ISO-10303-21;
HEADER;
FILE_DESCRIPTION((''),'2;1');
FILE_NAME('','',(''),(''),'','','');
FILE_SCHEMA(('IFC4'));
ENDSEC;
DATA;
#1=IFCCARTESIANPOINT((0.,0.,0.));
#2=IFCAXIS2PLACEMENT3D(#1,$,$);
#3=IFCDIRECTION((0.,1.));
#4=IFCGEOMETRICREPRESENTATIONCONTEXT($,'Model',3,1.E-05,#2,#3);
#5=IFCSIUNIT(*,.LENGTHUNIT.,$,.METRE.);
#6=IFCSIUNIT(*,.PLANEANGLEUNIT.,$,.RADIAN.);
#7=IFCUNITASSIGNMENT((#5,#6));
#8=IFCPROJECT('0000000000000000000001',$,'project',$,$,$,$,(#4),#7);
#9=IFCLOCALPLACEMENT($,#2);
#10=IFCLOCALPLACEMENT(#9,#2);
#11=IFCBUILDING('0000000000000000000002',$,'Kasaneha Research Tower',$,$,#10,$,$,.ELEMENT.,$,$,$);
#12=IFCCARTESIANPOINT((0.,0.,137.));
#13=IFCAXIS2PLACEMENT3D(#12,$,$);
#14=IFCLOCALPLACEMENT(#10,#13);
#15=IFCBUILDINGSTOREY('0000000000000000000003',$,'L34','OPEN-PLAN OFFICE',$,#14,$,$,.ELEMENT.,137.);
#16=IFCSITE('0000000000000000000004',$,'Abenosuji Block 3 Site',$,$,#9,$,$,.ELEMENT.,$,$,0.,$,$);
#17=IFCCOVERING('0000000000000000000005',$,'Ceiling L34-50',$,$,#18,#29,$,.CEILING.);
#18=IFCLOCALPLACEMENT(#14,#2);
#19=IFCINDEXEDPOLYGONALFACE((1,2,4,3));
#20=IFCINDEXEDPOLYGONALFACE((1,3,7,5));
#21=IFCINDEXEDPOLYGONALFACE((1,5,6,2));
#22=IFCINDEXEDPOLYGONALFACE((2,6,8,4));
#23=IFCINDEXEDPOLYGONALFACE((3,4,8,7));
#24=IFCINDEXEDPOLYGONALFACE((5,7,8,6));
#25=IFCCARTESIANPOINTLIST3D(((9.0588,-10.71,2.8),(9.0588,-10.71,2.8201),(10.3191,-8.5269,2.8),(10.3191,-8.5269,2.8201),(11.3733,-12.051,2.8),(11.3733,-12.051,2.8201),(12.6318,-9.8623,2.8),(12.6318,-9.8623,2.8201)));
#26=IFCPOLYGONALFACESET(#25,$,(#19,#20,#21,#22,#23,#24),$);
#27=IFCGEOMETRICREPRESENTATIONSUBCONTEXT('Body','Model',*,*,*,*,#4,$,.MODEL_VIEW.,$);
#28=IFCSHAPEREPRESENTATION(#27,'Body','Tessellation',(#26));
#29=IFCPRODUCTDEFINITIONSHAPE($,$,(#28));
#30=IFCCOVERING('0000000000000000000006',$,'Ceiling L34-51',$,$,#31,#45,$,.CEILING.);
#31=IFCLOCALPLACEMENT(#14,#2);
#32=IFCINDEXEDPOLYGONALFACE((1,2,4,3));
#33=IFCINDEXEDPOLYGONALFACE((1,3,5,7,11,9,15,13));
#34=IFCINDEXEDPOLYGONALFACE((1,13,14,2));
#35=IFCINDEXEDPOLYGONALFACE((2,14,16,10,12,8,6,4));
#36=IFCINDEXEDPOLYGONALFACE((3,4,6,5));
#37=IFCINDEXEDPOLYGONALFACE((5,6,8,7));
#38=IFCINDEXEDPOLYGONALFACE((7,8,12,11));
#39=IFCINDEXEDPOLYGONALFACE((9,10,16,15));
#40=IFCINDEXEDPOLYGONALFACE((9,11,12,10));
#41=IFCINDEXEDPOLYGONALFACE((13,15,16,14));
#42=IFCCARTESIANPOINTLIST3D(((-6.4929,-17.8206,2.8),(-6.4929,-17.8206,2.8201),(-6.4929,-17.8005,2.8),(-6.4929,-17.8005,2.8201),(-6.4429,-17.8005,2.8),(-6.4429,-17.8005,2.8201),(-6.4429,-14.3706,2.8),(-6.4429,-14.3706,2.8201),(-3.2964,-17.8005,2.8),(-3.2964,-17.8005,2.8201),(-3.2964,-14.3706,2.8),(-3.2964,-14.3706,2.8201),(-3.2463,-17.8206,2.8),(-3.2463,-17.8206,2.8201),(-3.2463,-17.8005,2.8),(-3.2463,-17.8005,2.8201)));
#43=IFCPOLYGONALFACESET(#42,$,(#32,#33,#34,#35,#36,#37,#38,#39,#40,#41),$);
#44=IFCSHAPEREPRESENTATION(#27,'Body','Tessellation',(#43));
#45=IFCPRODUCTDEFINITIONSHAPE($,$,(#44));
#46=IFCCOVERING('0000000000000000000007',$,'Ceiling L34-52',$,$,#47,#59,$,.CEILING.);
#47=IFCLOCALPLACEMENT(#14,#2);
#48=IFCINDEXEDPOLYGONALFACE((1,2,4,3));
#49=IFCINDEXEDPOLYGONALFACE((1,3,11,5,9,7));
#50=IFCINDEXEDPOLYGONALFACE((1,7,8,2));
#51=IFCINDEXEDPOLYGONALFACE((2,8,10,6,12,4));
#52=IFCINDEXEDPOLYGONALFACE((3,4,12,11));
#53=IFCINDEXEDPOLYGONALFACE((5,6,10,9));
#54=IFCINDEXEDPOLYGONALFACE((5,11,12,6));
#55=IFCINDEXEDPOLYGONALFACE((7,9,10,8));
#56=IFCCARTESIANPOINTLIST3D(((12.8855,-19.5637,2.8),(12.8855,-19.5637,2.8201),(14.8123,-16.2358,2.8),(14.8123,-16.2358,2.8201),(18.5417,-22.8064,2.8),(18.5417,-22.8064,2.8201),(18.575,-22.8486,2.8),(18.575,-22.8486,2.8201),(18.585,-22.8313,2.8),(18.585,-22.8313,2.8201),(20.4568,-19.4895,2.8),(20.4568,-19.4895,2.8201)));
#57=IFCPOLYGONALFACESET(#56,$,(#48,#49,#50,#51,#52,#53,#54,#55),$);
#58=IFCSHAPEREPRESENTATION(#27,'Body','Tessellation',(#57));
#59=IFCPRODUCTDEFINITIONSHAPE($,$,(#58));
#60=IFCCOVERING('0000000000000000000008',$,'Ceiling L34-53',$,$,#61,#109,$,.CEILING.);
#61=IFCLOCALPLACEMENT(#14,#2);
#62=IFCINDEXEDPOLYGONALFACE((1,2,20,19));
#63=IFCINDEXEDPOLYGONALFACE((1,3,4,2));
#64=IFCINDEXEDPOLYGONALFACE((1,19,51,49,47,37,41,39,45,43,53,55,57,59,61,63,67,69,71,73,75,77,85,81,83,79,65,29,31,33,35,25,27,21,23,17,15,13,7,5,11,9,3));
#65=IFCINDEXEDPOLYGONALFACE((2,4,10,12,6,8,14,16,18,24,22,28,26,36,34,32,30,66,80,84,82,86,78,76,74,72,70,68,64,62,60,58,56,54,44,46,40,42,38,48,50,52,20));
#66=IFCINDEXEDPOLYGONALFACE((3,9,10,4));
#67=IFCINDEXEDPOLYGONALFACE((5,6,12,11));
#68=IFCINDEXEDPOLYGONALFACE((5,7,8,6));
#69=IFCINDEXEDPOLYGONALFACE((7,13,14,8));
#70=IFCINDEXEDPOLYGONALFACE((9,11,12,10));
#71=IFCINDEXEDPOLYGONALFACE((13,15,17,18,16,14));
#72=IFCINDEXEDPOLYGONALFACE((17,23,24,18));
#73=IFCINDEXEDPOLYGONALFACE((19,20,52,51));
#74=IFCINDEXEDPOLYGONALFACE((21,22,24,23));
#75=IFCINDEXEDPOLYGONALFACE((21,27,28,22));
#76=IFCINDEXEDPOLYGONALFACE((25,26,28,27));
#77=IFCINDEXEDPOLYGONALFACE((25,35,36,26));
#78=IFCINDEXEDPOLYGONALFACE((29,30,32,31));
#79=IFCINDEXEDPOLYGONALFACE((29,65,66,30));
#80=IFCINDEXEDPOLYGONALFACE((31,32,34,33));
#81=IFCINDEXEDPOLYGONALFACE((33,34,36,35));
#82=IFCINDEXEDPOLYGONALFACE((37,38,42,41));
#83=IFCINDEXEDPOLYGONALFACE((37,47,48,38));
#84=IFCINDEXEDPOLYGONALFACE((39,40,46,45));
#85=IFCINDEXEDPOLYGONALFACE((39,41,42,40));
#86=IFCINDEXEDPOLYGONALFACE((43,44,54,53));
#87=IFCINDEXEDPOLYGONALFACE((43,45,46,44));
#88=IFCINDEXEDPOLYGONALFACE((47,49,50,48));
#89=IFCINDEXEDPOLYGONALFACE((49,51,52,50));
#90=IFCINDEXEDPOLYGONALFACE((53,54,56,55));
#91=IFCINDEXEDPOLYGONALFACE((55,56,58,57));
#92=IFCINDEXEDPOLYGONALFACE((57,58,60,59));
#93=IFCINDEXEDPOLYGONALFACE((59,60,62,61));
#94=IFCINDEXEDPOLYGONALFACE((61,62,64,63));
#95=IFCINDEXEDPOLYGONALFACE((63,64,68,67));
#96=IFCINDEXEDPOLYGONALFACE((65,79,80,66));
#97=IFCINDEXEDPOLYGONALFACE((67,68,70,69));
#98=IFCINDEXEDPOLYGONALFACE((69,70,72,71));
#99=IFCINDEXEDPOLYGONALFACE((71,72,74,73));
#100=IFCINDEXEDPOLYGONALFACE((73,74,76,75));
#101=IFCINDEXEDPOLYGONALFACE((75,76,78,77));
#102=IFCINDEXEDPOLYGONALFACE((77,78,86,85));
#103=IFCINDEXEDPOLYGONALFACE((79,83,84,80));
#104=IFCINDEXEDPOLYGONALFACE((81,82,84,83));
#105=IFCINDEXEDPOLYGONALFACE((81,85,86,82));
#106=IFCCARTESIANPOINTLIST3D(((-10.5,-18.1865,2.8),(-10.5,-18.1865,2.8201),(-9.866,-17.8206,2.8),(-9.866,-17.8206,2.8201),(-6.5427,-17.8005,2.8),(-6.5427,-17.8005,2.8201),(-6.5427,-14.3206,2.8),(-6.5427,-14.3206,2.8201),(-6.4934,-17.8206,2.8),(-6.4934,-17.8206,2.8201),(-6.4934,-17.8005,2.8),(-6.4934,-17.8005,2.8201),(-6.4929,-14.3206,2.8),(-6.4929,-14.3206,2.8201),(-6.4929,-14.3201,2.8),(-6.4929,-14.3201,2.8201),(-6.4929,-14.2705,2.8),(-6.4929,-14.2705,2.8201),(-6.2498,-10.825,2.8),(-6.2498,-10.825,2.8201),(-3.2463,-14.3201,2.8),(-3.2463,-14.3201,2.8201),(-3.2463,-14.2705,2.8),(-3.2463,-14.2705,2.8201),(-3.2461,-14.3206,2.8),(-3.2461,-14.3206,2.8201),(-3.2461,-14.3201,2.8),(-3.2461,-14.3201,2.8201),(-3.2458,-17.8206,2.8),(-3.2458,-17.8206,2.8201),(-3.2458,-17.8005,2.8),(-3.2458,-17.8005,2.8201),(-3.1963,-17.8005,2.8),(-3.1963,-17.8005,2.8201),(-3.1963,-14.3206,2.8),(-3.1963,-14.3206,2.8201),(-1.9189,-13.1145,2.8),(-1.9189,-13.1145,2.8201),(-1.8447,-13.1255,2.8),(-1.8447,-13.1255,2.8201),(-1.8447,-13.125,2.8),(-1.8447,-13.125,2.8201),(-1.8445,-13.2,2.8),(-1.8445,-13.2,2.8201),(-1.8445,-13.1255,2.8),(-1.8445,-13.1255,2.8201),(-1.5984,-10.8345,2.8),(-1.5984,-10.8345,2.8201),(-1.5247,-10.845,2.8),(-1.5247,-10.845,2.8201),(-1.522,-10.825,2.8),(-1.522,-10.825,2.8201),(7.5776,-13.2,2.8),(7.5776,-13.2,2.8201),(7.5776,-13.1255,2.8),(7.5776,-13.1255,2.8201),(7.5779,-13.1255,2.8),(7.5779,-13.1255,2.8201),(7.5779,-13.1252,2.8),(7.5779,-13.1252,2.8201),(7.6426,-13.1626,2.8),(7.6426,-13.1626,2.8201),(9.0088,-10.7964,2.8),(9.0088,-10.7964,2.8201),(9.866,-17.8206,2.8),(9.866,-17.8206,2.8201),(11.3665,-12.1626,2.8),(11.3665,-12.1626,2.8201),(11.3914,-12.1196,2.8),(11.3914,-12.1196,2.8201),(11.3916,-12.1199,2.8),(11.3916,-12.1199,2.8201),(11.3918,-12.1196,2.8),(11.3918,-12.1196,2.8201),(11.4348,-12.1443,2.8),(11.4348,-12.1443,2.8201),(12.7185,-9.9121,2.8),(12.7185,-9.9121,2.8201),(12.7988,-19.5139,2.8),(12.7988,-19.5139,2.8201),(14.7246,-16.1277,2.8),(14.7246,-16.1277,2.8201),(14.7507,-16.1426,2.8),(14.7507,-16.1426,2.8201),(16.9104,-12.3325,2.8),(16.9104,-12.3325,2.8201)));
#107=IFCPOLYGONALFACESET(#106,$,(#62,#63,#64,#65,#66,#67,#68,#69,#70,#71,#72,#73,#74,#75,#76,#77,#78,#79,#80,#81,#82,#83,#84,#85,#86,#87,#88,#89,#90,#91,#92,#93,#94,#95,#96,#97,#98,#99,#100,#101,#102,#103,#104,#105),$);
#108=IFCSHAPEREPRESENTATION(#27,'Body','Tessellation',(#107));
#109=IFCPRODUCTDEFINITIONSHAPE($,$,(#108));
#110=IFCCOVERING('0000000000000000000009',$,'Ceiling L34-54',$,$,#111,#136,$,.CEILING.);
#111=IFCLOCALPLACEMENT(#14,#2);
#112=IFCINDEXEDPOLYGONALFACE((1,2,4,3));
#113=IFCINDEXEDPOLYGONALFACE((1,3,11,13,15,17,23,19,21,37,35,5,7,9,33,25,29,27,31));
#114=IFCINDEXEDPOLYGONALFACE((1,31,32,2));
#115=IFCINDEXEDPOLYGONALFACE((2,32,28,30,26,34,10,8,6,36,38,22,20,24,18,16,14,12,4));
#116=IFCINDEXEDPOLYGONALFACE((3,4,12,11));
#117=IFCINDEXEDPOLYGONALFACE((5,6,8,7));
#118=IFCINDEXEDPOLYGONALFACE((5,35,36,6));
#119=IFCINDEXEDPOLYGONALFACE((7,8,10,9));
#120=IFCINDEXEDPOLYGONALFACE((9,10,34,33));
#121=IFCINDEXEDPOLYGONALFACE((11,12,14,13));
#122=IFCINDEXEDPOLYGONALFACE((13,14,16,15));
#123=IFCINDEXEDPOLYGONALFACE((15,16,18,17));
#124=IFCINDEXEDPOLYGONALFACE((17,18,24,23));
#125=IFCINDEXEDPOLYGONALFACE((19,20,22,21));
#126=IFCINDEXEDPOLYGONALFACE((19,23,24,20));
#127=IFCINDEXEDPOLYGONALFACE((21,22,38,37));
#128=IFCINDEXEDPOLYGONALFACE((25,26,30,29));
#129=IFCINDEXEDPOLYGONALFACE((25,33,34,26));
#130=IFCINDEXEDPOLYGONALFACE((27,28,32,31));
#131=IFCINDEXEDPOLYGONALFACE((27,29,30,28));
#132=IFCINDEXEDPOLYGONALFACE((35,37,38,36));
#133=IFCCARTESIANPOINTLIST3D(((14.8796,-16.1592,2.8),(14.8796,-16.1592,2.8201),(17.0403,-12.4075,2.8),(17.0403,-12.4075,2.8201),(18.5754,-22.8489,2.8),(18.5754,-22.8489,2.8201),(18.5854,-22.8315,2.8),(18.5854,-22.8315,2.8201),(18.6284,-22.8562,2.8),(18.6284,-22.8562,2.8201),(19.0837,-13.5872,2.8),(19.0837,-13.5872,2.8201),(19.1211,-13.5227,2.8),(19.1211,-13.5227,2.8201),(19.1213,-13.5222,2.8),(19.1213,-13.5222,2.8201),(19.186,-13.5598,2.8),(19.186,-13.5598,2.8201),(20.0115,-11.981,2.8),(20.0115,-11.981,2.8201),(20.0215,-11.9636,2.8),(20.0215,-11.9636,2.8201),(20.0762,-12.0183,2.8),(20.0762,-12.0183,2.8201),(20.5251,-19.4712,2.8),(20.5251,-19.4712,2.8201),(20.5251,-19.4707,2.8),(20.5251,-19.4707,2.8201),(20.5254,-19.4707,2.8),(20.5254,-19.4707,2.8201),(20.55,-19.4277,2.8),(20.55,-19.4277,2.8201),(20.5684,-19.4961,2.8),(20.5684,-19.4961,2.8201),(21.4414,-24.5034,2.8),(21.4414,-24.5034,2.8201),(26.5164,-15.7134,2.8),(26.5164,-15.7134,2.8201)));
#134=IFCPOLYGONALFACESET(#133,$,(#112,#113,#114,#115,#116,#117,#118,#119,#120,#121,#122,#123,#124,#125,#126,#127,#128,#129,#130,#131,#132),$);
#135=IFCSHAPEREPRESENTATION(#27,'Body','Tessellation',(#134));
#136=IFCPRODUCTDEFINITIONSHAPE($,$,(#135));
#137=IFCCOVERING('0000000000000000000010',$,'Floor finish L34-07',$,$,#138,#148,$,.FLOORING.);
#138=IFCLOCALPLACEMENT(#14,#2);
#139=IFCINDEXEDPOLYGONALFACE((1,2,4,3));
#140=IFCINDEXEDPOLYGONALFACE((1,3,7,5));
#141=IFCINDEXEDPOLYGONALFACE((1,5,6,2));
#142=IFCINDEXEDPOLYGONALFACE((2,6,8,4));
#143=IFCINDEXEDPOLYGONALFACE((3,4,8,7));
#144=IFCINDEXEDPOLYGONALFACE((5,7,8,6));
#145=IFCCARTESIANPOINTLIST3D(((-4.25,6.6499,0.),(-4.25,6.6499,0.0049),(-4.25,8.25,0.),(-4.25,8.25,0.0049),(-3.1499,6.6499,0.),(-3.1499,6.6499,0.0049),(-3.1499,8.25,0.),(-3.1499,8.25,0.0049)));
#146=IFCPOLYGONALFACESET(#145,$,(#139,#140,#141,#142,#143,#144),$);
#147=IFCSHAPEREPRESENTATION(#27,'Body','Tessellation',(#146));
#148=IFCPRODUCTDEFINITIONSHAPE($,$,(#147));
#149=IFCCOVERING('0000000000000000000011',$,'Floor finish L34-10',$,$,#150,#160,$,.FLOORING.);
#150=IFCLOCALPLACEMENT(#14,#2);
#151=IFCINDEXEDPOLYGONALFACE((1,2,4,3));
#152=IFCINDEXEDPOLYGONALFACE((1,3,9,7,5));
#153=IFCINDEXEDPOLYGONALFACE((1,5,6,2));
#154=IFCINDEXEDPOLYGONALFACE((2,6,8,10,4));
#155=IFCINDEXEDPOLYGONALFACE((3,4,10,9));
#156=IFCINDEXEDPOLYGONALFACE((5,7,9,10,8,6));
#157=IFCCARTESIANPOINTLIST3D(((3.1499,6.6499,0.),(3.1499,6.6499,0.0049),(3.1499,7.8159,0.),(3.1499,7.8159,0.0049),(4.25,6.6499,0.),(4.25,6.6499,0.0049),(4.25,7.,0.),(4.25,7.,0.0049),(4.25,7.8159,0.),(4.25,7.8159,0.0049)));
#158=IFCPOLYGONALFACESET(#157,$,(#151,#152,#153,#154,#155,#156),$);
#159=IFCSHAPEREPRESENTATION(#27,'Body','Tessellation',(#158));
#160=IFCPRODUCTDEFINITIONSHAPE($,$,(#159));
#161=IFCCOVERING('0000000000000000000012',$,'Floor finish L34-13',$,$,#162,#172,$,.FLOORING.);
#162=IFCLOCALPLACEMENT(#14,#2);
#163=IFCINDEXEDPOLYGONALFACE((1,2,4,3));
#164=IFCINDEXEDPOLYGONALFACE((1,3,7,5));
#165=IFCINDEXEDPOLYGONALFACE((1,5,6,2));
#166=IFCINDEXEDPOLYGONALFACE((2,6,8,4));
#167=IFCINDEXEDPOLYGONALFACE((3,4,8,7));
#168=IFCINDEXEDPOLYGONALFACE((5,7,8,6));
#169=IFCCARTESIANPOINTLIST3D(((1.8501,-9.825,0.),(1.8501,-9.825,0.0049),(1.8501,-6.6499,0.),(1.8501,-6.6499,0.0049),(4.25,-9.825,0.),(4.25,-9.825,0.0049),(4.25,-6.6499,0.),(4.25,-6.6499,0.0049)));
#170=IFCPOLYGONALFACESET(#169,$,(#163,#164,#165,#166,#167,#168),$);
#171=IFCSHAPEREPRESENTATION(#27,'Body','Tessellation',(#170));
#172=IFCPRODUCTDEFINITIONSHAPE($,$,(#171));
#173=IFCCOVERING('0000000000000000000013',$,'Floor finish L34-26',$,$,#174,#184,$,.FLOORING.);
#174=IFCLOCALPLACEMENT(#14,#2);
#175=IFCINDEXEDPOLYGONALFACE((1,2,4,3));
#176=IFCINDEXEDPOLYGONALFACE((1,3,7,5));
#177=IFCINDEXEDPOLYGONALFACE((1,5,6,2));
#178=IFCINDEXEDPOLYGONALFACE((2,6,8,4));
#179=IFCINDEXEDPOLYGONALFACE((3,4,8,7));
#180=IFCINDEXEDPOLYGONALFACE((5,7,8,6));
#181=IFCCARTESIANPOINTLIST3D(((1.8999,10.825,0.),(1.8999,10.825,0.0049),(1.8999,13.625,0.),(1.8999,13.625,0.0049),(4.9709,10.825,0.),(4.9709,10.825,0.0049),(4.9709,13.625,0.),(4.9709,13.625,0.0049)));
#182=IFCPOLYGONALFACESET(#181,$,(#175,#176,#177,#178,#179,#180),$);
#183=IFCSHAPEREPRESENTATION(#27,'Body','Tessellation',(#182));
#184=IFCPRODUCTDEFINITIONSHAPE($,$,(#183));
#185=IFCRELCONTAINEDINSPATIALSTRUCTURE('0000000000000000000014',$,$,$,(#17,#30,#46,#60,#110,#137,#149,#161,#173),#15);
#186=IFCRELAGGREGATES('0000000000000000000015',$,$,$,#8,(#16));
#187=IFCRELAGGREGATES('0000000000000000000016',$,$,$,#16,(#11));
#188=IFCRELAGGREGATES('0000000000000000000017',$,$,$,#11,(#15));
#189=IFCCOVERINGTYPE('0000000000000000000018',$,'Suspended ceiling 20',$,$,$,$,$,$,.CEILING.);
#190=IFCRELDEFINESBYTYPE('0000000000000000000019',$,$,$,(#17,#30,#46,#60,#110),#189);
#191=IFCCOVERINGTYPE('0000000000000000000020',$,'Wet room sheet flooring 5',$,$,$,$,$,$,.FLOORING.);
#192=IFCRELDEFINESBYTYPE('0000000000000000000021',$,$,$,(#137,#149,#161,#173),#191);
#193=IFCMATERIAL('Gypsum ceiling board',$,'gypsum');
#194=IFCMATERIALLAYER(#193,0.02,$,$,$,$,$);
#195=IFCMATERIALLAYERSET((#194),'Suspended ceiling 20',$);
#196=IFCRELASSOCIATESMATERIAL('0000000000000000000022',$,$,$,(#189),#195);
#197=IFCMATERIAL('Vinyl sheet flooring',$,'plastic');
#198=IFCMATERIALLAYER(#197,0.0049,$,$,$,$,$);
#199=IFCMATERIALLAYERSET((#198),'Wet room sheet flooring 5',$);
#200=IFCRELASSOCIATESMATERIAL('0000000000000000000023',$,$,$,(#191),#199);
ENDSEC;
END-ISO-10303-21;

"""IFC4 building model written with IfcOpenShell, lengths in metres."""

from ifc_helpers import new_model, si_unit, direction, frame, origin, place, context, subcontext, project, spatial, polyline, outline, extrude, material, layer, layer_set, type_object, element, save


model = new_model("IFC4")

# Units and contexts
model_context = context("Model", 3, precision=1e-05, world=origin(), true_north=direction((0.0, 1.0)))
body_context = subcontext(model_context, "Body", "Model", "MODEL_VIEW")
ifc_project = project(units=[si_unit("LENGTHUNIT", "METRE"), si_unit("PLANEANGLEUNIT", "RADIAN")], contexts=[model_context])

# Site, building, storey
site_placement = place(None, origin())
site = spatial("IfcSite", under=ifc_project, at=site_placement, Name="Abenosuji Block 3 Site", CompositionType="ELEMENT", RefElevation=0.0)
building_placement = place(site_placement, origin())
building = spatial("IfcBuilding", under=site, at=building_placement, Name="Kasaneha Research Tower", CompositionType="ELEMENT")
storey_placement = place(building_placement, frame((0.0, 0.0, 137.0)))
storey = spatial("IfcBuildingStorey", under=building, at=storey_placement, Name="L34", Description="OPEN-PLAN OFFICE", CompositionType="ELEMENT", Elevation=137.0)

# Coverings
ifc_material_1 = material(Name="Gypsum ceiling board", Category="gypsum")
ifc_layer_1 = layer(ifc_material_1, 0.02)
ifc_layer_set_1 = layer_set([ifc_layer_1], Name="Suspended ceiling 20")
covering_type_1 = type_object("IfcCoveringType", Name="Suspended ceiling 20", PredefinedType="CEILING", material=ifc_layer_set_1)
covering_1_placement = place(storey_placement, frame((0.0, 0.0, 2.8)))
element("IfcCovering", 1, at=covering_1_placement, inside=storey, type_object=covering_type_1, Name="Ceiling L34-50", PredefinedType="CEILING", context=body_context, shape_type="SweptSolid", body=[
    extrude(outline(polyline([(10.3191, -8.5269), (12.6318, -9.8623), (11.3733, -12.051), (9.0588, -10.71), (10.3191, -8.5269)])), origin(), (0.0, 0.0, 1.0), 0.02),
])
covering_2_placement = place(storey_placement, frame((0.0, 0.0, 2.8)))
element("IfcCovering", 2, at=covering_2_placement, inside=storey, type_object=covering_type_1, Name="Ceiling L34-51", PredefinedType="CEILING", context=body_context, shape_type="SweptSolid", body=[
    extrude(outline(polyline([(-6.4929, -17.8206), (-6.4929, -17.8005), (-6.4429, -17.8005), (-6.4429, -14.3706), (-3.2964, -14.3706), (-3.2964, -17.8005), (-3.2463, -17.8005), (-3.2463, -17.8206), (-6.4929, -17.8206)])), origin(), (0.0, 0.0, 1.0), 0.02),
])
covering_3_placement = place(storey_placement, frame((0.0, 0.0, 2.8)))
element("IfcCovering", 3, at=covering_3_placement, inside=storey, type_object=covering_type_1, Name="Ceiling L34-52", PredefinedType="CEILING", context=body_context, shape_type="SweptSolid", body=[
    extrude(outline(polyline([(12.8855, -19.5637), (14.8123, -16.2358), (20.4568, -19.4895), (18.5417, -22.8064), (18.585, -22.8313), (18.575, -22.8486), (12.8855, -19.5637)])), origin(), (0.0, 0.0, 1.0), 0.02),
])
covering_4_placement = place(storey_placement, frame((0.0, 0.0, 2.8)))
element("IfcCovering", 4, at=covering_4_placement, inside=storey, type_object=covering_type_1, Name="Ceiling L34-53", PredefinedType="CEILING", context=body_context, shape_type="SweptSolid", body=[
    extrude(outline(polyline([(-3.2463, -14.3201), (-3.2463, -14.2705), (-6.4929, -14.2705), (-6.4929, -14.3201), (-6.4929, -14.3201), (-6.4929, -14.3206), (-6.5427, -14.3206), (-6.5427, -17.8005), (-6.4934, -17.8005), (-6.4934, -17.8206), (-9.866, -17.8206), (-10.5, -18.1865), (-6.2498, -10.825), (-1.522, -10.825), (-1.5247, -10.845), (-1.5984, -10.8345), (-1.9189, -13.1145), (-1.8447, -13.125), (-1.8447, -13.1255), (-1.8445, -13.1255), (-1.8445, -13.2), (7.5776, -13.2), (7.5776, -13.1255), (7.5779, -13.1255), (7.5779, -13.1252), (7.6426, -13.1626), (9.0088, -10.7964), (11.3665, -12.1626), (11.3914, -12.1196), (11.3916, -12.1199), (11.3918, -12.1196), (11.4348, -12.1443), (12.7185, -9.9121), (16.9104, -12.3325), (14.7246, -16.1277), (14.7507, -16.1426), (12.7988, -19.5139), (9.866, -17.8206), (-3.2458, -17.8206), (-3.2458, -17.8005), (-3.1963, -17.8005), (-3.1963, -14.3206), (-3.2461, -14.3206), (-3.2461, -14.3201), (-3.2463, -14.3201)])), origin(), (0.0, 0.0, 1.0), 0.02),
])
covering_5_placement = place(storey_placement, frame((0.0, 0.0, 2.8)))
element("IfcCovering", 5, at=covering_5_placement, inside=storey, type_object=covering_type_1, Name="Ceiling L34-54", PredefinedType="CEILING", context=body_context, shape_type="SweptSolid", body=[
    extrude(outline(polyline([(19.1213, -13.5222), (19.186, -13.5598), (20.0762, -12.0183), (20.0115, -11.981), (20.0215, -11.9636), (26.5164, -15.7134), (21.4414, -24.5034), (18.5754, -22.8489), (18.5854, -22.8315), (18.6284, -22.8562), (20.5684, -19.4961), (20.5251, -19.4712), (20.5254, -19.4707), (20.5251, -19.4707), (20.55, -19.4277), (14.8796, -16.1592), (17.0403, -12.4075), (19.0837, -13.5872), (19.1211, -13.5227), (19.1211, -13.5227), (19.1213, -13.5222)])), origin(), (0.0, 0.0, 1.0), 0.02),
])
ifc_material_2 = material(Name="Vinyl sheet flooring", Category="plastic")
ifc_layer_2 = layer(ifc_material_2, 0.0049)
ifc_layer_set_2 = layer_set([ifc_layer_2], Name="Wet room sheet flooring 5")
covering_type_2 = type_object("IfcCoveringType", Name="Wet room sheet flooring 5", PredefinedType="FLOORING", material=ifc_layer_set_2)
covering_6_placement = place(storey_placement, origin())
element("IfcCovering", 6, at=covering_6_placement, inside=storey, type_object=covering_type_2, Name="Floor finish L34-07", PredefinedType="FLOORING", context=body_context, shape_type="SweptSolid", body=[
    extrude(outline(polyline([(-4.25, 6.6499), (-4.25, 8.25), (-3.1499, 8.25), (-3.1499, 6.6499), (-4.25, 6.6499)])), origin(), (0.0, 0.0, 1.0), 0.0049),
])
covering_7_placement = place(storey_placement, origin())
element("IfcCovering", 7, at=covering_7_placement, inside=storey, type_object=covering_type_2, Name="Floor finish L34-10", PredefinedType="FLOORING", context=body_context, shape_type="SweptSolid", body=[
    extrude(outline(polyline([(3.1499, 6.6499), (3.1499, 7.8159), (4.25, 7.8159), (4.25, 7.0), (4.25, 6.6499), (3.1499, 6.6499)])), origin(), (0.0, 0.0, 1.0), 0.0049),
])
covering_8_placement = place(storey_placement, origin())
element("IfcCovering", 8, at=covering_8_placement, inside=storey, type_object=covering_type_2, Name="Floor finish L34-13", PredefinedType="FLOORING", context=body_context, shape_type="SweptSolid", body=[
    extrude(outline(polyline([(1.8501, -9.825), (1.8501, -6.6499), (4.25, -6.6499), (4.25, -9.825), (1.8501, -9.825)])), origin(), (0.0, 0.0, 1.0), 0.0049),
])
covering_9_placement = place(storey_placement, origin())
element("IfcCovering", 9, at=covering_9_placement, inside=storey, type_object=covering_type_2, Name="Floor finish L34-26", PredefinedType="FLOORING", context=body_context, shape_type="SweptSolid", body=[
    extrude(outline(polyline([(4.9709, 13.625), (4.9709, 10.825), (1.8999, 10.825), (1.8999, 13.625), (4.9709, 13.625)])), origin(), (0.0, 0.0, 1.0), 0.0049),
])

save(model, "model.ifc")
